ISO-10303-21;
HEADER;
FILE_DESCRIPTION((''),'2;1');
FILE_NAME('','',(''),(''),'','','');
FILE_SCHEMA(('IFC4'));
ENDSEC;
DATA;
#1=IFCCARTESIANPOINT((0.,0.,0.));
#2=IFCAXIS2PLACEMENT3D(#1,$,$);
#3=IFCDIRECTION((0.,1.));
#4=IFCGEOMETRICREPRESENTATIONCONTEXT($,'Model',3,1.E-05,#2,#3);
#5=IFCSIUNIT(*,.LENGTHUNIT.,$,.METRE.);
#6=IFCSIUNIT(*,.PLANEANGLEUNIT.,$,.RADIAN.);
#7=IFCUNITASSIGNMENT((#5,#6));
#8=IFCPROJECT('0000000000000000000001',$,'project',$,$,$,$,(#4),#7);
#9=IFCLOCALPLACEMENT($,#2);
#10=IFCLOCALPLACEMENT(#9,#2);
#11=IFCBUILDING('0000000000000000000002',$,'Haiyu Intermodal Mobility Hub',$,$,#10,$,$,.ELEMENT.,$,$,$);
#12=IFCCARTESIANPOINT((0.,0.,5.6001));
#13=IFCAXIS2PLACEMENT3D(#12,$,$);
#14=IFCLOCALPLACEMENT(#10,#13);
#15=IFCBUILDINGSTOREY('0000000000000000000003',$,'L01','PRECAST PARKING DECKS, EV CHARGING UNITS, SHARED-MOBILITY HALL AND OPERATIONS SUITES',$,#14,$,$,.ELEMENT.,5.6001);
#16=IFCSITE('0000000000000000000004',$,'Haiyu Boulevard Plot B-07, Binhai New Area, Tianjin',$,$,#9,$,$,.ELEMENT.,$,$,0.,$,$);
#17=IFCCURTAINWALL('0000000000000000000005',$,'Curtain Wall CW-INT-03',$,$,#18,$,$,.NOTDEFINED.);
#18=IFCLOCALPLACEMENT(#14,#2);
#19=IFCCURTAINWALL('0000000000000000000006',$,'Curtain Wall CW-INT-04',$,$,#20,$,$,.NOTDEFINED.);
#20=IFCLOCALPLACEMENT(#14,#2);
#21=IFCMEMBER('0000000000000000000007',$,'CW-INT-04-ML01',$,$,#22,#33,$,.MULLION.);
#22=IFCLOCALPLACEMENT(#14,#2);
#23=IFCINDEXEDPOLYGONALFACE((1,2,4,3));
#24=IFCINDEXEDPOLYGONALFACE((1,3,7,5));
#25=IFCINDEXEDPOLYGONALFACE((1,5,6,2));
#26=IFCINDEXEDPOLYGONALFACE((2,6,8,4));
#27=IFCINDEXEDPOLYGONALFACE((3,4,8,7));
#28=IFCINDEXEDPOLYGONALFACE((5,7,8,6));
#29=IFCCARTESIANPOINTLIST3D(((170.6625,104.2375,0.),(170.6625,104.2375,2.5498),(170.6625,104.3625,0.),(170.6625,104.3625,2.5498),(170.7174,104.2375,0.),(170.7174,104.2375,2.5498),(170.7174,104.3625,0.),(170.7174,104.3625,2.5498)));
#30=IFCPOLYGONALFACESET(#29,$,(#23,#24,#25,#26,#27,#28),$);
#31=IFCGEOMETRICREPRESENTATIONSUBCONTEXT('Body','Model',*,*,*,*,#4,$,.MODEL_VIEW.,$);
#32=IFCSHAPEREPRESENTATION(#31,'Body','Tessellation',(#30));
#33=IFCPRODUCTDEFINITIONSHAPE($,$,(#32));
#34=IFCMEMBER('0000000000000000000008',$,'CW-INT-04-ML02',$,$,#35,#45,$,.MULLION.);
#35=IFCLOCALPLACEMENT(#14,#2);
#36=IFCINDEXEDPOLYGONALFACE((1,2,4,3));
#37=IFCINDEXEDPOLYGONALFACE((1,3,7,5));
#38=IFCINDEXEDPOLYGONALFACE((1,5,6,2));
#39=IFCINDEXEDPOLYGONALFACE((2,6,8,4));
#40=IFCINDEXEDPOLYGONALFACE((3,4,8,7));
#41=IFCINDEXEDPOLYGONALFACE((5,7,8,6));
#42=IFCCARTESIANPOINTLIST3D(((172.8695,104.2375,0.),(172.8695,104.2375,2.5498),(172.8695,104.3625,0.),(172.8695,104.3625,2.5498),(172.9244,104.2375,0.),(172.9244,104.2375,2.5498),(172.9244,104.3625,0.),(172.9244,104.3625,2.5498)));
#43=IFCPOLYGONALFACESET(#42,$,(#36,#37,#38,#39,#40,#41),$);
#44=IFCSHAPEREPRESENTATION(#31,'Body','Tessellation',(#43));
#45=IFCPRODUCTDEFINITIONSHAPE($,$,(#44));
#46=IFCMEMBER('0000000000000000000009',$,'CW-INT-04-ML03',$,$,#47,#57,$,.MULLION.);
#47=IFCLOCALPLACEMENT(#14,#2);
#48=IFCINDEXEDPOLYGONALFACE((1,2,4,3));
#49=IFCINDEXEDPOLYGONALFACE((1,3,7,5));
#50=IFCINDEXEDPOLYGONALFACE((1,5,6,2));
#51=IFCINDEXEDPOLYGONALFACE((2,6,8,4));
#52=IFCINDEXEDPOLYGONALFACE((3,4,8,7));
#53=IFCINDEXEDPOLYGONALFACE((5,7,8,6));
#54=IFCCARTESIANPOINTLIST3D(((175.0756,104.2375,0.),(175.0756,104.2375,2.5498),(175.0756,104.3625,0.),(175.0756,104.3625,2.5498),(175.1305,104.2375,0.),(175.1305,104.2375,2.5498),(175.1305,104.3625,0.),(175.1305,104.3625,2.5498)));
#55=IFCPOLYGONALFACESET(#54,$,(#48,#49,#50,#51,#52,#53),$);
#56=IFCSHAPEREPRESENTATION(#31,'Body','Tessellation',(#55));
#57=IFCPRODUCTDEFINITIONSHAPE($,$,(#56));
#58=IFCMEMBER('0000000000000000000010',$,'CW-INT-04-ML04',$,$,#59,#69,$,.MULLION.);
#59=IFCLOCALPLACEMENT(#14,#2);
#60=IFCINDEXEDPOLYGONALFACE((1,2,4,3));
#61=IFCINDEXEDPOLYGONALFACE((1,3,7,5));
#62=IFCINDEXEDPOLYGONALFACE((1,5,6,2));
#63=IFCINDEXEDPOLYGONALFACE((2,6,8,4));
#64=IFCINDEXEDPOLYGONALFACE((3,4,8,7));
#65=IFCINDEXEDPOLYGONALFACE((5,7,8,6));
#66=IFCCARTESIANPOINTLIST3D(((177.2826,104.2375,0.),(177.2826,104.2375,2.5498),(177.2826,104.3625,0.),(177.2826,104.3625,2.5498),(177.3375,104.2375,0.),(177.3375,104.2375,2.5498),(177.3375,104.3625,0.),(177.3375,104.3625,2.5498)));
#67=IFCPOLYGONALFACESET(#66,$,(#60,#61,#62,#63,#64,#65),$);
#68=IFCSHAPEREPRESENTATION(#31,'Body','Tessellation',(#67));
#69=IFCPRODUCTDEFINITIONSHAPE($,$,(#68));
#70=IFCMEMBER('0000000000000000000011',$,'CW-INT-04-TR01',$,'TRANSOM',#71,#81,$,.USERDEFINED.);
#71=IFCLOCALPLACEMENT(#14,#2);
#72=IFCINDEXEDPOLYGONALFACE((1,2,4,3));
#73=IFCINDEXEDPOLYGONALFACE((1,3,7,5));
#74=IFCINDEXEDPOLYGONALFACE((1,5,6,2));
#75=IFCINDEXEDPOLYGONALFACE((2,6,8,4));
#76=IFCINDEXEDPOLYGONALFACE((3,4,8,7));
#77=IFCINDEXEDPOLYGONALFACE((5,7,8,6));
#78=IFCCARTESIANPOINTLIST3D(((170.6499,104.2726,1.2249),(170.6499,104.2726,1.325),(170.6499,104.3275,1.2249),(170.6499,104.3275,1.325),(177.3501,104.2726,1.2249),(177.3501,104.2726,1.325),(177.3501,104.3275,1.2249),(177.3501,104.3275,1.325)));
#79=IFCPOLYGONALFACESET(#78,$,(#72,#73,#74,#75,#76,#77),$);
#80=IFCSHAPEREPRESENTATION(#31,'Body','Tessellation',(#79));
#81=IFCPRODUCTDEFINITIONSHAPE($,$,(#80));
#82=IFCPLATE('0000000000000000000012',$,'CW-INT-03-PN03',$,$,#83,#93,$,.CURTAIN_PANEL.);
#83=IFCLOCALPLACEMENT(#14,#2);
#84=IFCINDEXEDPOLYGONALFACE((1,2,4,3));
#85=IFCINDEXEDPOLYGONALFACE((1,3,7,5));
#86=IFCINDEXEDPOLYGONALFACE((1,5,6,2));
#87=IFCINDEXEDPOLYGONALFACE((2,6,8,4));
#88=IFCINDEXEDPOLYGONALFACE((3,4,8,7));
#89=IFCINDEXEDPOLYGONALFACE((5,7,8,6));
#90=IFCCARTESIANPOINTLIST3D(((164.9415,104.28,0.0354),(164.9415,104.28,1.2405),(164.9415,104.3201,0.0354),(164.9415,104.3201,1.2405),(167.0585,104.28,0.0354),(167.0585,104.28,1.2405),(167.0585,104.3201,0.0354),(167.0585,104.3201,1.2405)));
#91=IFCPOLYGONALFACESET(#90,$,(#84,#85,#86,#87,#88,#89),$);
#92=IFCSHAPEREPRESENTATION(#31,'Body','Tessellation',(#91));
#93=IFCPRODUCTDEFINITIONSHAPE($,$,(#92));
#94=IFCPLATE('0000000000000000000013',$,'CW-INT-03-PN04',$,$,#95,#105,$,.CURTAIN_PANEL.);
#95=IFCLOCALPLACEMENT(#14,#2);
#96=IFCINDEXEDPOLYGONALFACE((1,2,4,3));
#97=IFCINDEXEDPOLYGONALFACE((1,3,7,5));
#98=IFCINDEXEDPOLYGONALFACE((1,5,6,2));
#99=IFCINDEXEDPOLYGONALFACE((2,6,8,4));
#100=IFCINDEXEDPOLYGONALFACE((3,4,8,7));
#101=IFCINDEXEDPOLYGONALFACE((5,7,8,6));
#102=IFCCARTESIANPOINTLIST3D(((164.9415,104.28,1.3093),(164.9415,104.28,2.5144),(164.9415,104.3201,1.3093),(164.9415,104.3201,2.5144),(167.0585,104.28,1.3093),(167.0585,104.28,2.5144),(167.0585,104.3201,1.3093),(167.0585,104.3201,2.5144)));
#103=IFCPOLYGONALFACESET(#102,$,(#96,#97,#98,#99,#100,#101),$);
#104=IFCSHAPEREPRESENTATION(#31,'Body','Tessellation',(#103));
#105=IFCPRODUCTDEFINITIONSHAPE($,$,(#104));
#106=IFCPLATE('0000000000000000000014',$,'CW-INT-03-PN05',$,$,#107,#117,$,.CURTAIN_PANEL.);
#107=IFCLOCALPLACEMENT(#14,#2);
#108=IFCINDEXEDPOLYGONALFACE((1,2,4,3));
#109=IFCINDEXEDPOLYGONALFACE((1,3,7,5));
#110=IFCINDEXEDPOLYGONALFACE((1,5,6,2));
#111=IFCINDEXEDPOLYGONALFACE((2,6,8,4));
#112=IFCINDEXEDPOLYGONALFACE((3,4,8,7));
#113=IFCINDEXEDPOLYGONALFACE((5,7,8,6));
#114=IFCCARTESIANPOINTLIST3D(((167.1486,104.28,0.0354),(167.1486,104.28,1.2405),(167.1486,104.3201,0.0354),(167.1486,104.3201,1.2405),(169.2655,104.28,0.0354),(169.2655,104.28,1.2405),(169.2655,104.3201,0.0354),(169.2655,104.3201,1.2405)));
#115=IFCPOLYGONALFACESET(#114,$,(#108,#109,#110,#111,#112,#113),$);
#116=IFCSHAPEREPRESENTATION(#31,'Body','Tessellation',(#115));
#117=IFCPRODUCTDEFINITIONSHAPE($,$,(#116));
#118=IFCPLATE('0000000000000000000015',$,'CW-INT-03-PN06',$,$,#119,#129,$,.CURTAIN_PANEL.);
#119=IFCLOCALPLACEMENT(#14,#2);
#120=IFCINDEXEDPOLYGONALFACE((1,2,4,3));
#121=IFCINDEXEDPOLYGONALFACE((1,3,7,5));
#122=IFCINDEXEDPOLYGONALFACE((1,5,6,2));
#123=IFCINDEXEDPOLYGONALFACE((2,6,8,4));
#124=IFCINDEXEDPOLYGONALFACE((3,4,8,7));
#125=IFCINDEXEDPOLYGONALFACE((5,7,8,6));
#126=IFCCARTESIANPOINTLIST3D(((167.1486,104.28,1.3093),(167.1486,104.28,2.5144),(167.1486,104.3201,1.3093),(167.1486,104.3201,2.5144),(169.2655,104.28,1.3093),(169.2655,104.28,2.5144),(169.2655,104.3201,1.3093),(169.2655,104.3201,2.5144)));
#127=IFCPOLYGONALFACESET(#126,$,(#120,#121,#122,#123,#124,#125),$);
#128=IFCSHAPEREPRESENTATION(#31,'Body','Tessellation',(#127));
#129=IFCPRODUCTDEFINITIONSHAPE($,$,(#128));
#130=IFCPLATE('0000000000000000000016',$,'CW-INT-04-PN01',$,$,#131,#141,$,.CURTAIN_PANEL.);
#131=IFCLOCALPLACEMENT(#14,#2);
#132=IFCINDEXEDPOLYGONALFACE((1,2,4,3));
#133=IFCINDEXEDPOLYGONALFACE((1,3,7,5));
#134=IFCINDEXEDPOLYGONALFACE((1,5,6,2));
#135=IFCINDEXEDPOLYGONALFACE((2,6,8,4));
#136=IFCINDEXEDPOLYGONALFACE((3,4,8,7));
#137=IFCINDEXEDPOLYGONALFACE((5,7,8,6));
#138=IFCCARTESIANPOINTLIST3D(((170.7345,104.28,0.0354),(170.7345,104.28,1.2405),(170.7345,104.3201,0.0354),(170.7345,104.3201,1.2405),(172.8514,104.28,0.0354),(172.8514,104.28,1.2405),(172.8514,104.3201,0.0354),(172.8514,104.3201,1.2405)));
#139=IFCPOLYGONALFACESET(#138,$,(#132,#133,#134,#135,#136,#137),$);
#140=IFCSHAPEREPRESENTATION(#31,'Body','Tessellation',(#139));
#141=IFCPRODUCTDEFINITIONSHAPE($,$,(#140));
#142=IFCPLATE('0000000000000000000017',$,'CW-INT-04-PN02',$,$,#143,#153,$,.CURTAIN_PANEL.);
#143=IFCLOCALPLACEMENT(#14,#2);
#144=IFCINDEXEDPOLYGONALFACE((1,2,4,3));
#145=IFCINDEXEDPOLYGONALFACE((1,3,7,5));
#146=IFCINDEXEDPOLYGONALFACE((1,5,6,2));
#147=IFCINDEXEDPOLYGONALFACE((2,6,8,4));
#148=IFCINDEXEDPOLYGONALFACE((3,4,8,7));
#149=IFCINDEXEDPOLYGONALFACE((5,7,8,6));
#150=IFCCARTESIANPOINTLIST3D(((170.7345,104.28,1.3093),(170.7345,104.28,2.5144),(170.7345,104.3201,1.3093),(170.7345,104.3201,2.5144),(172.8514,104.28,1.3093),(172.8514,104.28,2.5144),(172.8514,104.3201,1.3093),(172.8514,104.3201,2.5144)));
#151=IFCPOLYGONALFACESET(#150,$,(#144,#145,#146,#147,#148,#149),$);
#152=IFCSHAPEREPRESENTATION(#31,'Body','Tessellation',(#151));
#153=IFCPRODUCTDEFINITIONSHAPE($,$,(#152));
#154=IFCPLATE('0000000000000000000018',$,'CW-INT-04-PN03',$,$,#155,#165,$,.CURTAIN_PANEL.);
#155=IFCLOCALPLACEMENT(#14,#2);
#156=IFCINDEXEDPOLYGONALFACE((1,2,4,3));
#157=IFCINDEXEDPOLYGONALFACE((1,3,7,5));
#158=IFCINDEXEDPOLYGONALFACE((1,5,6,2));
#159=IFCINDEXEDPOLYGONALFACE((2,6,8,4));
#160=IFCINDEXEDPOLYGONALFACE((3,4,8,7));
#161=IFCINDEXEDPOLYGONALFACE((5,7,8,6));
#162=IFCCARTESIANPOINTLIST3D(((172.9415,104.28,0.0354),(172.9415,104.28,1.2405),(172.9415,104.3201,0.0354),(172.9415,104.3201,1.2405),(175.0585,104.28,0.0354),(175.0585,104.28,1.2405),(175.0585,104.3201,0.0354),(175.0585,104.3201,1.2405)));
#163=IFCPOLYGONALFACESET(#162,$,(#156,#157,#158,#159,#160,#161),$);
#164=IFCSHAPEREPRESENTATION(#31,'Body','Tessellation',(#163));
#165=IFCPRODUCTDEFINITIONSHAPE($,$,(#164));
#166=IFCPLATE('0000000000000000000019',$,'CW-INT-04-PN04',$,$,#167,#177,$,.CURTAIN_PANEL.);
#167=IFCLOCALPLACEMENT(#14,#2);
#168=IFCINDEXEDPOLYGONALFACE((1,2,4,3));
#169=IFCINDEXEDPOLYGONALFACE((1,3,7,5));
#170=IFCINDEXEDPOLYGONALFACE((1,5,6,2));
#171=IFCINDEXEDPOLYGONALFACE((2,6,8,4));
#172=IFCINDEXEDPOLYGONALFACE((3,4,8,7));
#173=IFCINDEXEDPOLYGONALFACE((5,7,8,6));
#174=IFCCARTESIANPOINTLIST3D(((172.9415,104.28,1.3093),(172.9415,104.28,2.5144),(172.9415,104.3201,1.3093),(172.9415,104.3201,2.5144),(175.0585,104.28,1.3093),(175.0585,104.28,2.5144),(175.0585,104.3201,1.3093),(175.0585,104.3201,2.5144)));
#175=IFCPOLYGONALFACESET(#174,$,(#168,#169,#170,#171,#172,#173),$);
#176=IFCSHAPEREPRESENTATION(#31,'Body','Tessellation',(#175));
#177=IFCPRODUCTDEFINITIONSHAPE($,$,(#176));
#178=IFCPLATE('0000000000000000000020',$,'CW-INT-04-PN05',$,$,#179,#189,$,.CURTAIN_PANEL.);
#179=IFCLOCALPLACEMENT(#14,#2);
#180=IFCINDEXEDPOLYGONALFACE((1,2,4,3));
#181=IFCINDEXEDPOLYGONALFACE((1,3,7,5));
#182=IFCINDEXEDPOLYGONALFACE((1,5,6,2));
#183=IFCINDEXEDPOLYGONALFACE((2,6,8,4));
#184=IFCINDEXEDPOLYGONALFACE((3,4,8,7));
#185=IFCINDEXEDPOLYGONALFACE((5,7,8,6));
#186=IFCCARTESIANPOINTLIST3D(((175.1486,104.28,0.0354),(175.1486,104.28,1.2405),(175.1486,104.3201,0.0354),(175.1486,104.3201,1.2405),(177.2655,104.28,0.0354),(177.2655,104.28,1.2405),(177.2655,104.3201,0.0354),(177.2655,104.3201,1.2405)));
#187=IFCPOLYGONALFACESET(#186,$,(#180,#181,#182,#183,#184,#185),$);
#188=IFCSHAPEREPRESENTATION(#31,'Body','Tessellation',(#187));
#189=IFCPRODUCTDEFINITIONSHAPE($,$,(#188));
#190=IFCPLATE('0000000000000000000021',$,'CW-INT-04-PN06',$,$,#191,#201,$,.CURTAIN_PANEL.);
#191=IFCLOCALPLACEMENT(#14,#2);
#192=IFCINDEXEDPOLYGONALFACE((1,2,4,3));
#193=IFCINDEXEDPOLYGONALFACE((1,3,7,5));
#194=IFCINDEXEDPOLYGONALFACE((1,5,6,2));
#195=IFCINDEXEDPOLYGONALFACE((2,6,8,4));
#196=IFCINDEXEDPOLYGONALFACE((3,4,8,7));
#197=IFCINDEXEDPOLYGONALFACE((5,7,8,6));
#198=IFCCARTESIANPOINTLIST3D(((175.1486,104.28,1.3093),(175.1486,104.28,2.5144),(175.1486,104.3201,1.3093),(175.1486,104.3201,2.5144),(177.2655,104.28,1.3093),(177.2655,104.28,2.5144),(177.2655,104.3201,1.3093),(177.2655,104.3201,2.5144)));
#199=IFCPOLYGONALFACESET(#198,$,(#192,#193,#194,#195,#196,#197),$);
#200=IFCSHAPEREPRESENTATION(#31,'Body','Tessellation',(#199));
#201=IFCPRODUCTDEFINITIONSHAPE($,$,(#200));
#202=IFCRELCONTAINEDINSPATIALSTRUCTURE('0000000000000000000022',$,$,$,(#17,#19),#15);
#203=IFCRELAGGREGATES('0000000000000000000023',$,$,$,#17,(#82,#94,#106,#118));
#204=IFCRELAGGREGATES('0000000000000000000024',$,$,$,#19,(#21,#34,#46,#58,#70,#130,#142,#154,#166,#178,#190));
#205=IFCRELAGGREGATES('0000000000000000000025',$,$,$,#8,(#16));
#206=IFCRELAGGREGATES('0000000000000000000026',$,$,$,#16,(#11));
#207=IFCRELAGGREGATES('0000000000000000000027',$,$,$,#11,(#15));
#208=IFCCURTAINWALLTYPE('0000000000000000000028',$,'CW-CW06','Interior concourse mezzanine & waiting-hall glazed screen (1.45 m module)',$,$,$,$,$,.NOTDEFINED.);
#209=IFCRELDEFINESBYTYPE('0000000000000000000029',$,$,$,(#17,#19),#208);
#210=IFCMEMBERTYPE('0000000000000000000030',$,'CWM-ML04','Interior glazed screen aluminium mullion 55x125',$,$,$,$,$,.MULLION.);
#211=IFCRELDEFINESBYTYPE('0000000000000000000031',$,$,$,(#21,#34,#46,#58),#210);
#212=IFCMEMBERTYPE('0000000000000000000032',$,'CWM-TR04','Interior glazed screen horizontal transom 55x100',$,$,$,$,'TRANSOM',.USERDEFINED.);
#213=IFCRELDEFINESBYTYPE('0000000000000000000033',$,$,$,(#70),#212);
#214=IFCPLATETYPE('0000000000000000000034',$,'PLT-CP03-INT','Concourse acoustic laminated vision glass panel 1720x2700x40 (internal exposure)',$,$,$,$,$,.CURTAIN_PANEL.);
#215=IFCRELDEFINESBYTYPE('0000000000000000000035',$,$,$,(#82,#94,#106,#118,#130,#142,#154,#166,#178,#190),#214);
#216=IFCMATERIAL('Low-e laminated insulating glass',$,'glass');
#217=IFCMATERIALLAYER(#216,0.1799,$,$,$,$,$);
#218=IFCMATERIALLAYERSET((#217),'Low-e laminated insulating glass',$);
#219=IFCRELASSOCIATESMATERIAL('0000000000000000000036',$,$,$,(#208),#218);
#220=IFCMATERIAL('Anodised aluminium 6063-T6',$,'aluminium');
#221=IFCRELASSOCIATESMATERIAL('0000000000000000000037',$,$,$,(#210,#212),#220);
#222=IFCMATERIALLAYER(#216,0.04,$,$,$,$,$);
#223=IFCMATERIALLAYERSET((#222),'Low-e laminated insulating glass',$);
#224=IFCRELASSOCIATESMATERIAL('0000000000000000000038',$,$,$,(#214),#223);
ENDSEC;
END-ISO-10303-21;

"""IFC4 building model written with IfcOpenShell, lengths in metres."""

from ifc_helpers import new_model, si_unit, direction, frame, origin, origin_2d, place, context, subcontext, project, spatial, rectangle, extrude, material, layer, layer_set, material_profile, profile_set, type_object, element, aggregate, save


model = new_model("IFC4")

# Units and contexts
model_context = context("Model", 3, precision=1e-05, world=origin(), true_north=direction((0.0, 1.0)))
body_context = subcontext(model_context, "Body", "Model", "MODEL_VIEW")
ifc_project = project(units=[si_unit("LENGTHUNIT", "METRE"), si_unit("PLANEANGLEUNIT", "RADIAN")], contexts=[model_context])

# Site, building, storey
site_placement = place(None, origin())
site = spatial("IfcSite", under=ifc_project, at=site_placement, Name="Haiyu Boulevard Plot B-07, Binhai New Area, Tianjin", CompositionType="ELEMENT", RefElevation=0.0)
building_placement = place(site_placement, origin())
building = spatial("IfcBuilding", under=site, at=building_placement, Name="Haiyu Intermodal Mobility Hub", CompositionType="ELEMENT")
storey_placement = place(building_placement, frame((0.0, 0.0, 5.6001)))
storey = spatial("IfcBuildingStorey", under=building, at=storey_placement, Name="L01", Description="PRECAST PARKING DECKS, EV CHARGING UNITS, SHARED-MOBILITY HALL AND OPERATIONS SUITES", CompositionType="ELEMENT", Elevation=5.6001)

# Curtain walls, members
ifc_material_1 = material(Name="Low-e laminated insulating glass", Category="glass")
ifc_layer_1 = layer(ifc_material_1, 0.1799)
ifc_layer_set_1 = layer_set([ifc_layer_1], Name="Low-e laminated insulating glass")
curtain_wall_type = type_object("IfcCurtainWallType", Name="CW-CW06", Description="Interior concourse mezzanine & waiting-hall glazed screen (1.45 m module)", PredefinedType="NOTDEFINED", material=ifc_layer_set_1)
curtain_wall_1_placement = place(storey_placement, origin())
curtain_wall_1 = element("IfcCurtainWall", 1, at=curtain_wall_1_placement, inside=storey, type_object=curtain_wall_type, Name="Curtain Wall CW-INT-03", PredefinedType="NOTDEFINED")
ifc_material_2 = material(Name="Anodised aluminium 6063-T6", Category="aluminium")
ifc_material_profile_1 = material_profile(ifc_material_2, rectangle(XDim=0.0549, YDim=0.125, at=origin_2d()), Name="ALU55x125")
ifc_profile_set_1 = profile_set([ifc_material_profile_1], Name="Anodised aluminium 6063-T6")
member_type_1 = type_object("IfcMemberType", Name="CWM-ML04", Description="Interior glazed screen aluminium mullion 55x125", PredefinedType="MULLION", material=ifc_profile_set_1)
curtain_wall_2_placement = place(storey_placement, origin())
curtain_wall_2 = element("IfcCurtainWall", 2, at=curtain_wall_2_placement, inside=storey, type_object=curtain_wall_type, Name="Curtain Wall CW-INT-04", PredefinedType="NOTDEFINED")
member_1_placement = place(storey_placement, frame((170.6899, 104.3, 0.0), z_axis=(0.0, 0.0, 1.0), x_axis=(1.0, 0.0, 0.0)))
member_1 = element("IfcMember", 3, at=member_1_placement, type_object=member_type_1, Name="CW-INT-04-ML01", PredefinedType="MULLION", context=body_context, shape_type="SweptSolid", body=[
    extrude(rectangle(XDim=0.0549, YDim=0.125, at=origin_2d()), origin(), (0.0, 0.0, 1.0), 2.5498),
])
member_2_placement = place(storey_placement, frame((172.897, 104.3, 0.0), z_axis=(0.0, 0.0, 1.0), x_axis=(1.0, 0.0, 0.0)))
member_2 = element("IfcMember", 4, at=member_2_placement, type_object=member_type_1, Name="CW-INT-04-ML02", PredefinedType="MULLION", context=body_context, shape_type="SweptSolid", body=[
    extrude(rectangle(XDim=0.0549, YDim=0.125, at=origin_2d()), origin(), (0.0, 0.0, 1.0), 2.5498),
])
member_3_placement = place(storey_placement, frame((175.103, 104.3, 0.0), z_axis=(0.0, 0.0, 1.0), x_axis=(1.0, 0.0, 0.0)))
member_3 = element("IfcMember", 5, at=member_3_placement, type_object=member_type_1, Name="CW-INT-04-ML03", PredefinedType="MULLION", context=body_context, shape_type="SweptSolid", body=[
    extrude(rectangle(XDim=0.0549, YDim=0.125, at=origin_2d()), origin(), (0.0, 0.0, 1.0), 2.5498),
])
member_4_placement = place(storey_placement, frame((177.3101, 104.3, 0.0), z_axis=(0.0, 0.0, 1.0), x_axis=(1.0, 0.0, 0.0)))
member_4 = element("IfcMember", 6, at=member_4_placement, type_object=member_type_1, Name="CW-INT-04-ML04", PredefinedType="MULLION", context=body_context, shape_type="SweptSolid", body=[
    extrude(rectangle(XDim=0.0549, YDim=0.125, at=origin_2d()), origin(), (0.0, 0.0, 1.0), 2.5498),
])
ifc_material_profile_2 = material_profile(ifc_material_2, rectangle(XDim=0.0549, YDim=0.1001, at=origin_2d()), Name="ALU55x100")
ifc_profile_set_2 = profile_set([ifc_material_profile_2], Name="Anodised aluminium 6063-T6")
member_type_2 = type_object("IfcMemberType", Name="CWM-TR04", Description="Interior glazed screen horizontal transom 55x100", ElementType="TRANSOM", PredefinedType="USERDEFINED", material=ifc_profile_set_2)
member_5_placement = place(storey_placement, frame((170.6499, 104.3, 1.2749), z_axis=(1.0, 0.0, 0.0), x_axis=(0.0, 1.0, 0.0)))
member_5 = element("IfcMember", 7, at=member_5_placement, type_object=member_type_2, Name="CW-INT-04-TR01", ObjectType="TRANSOM", PredefinedType="USERDEFINED", context=body_context, shape_type="SweptSolid", body=[
    extrude(rectangle(XDim=0.0549, YDim=0.1001, at=origin_2d()), origin(), (0.0, 0.0, 1.0), 6.7002),
])

# Plates
ifc_layer_2 = layer(ifc_material_1, 0.04)
ifc_layer_set_2 = layer_set([ifc_layer_2], Name="Low-e laminated insulating glass")
plate_type = type_object("IfcPlateType", Name="PLT-CP03-INT", Description="Concourse acoustic laminated vision glass panel 1720x2700x40 (internal exposure)", PredefinedType="CURTAIN_PANEL", material=ifc_layer_set_2)
plate_1_placement = place(storey_placement, frame((166.0, 104.3, 0.0354), z_axis=(0.0, 0.0, 1.0), x_axis=(1.0, 0.0, 0.0)))
plate_1 = element("IfcPlate", 8, at=plate_1_placement, type_object=plate_type, Name="CW-INT-03-PN03", PredefinedType="CURTAIN_PANEL", context=body_context, shape_type="SweptSolid", body=[
    extrude(rectangle(XDim=2.1169, YDim=0.04, at=origin_2d()), origin(), (0.0, 0.0, 1.0), 1.2051),
])
plate_2_placement = place(storey_placement, frame((166.0, 104.3, 1.3093), z_axis=(0.0, 0.0, 1.0), x_axis=(1.0, 0.0, 0.0)))
plate_2 = element("IfcPlate", 9, at=plate_2_placement, type_object=plate_type, Name="CW-INT-03-PN04", PredefinedType="CURTAIN_PANEL", context=body_context, shape_type="SweptSolid", body=[
    extrude(rectangle(XDim=2.1169, YDim=0.04, at=origin_2d()), origin(), (0.0, 0.0, 1.0), 1.2051),
])
plate_3_placement = place(storey_placement, frame((168.207, 104.3, 0.0354), z_axis=(0.0, 0.0, 1.0), x_axis=(1.0, 0.0, 0.0)))
plate_3 = element("IfcPlate", 10, at=plate_3_placement, type_object=plate_type, Name="CW-INT-03-PN05", PredefinedType="CURTAIN_PANEL", context=body_context, shape_type="SweptSolid", body=[
    extrude(rectangle(XDim=2.1169, YDim=0.04, at=origin_2d()), origin(), (0.0, 0.0, 1.0), 1.2051),
])
plate_4_placement = place(storey_placement, frame((168.207, 104.3, 1.3093), z_axis=(0.0, 0.0, 1.0), x_axis=(1.0, 0.0, 0.0)))
plate_4 = element("IfcPlate", 11, at=plate_4_placement, type_object=plate_type, Name="CW-INT-03-PN06", PredefinedType="CURTAIN_PANEL", context=body_context, shape_type="SweptSolid", body=[
    extrude(rectangle(XDim=2.1169, YDim=0.04, at=origin_2d()), origin(), (0.0, 0.0, 1.0), 1.2051),
])
aggregate(curtain_wall_1, [plate_1, plate_2, plate_3, plate_4])
plate_5_placement = place(storey_placement, frame((171.793, 104.3, 0.0354), z_axis=(0.0, 0.0, 1.0), x_axis=(1.0, 0.0, 0.0)))
plate_5 = element("IfcPlate", 12, at=plate_5_placement, type_object=plate_type, Name="CW-INT-04-PN01", PredefinedType="CURTAIN_PANEL", context=body_context, shape_type="SweptSolid", body=[
    extrude(rectangle(XDim=2.1169, YDim=0.04, at=origin_2d()), origin(), (0.0, 0.0, 1.0), 1.2051),
])
plate_6_placement = place(storey_placement, frame((171.793, 104.3, 1.3093), z_axis=(0.0, 0.0, 1.0), x_axis=(1.0, 0.0, 0.0)))
plate_6 = element("IfcPlate", 13, at=plate_6_placement, type_object=plate_type, Name="CW-INT-04-PN02", PredefinedType="CURTAIN_PANEL", context=body_context, shape_type="SweptSolid", body=[
    extrude(rectangle(XDim=2.1169, YDim=0.04, at=origin_2d()), origin(), (0.0, 0.0, 1.0), 1.2051),
])
plate_7_placement = place(storey_placement, frame((174.0, 104.3, 0.0354), z_axis=(0.0, 0.0, 1.0), x_axis=(1.0, 0.0, 0.0)))
plate_7 = element("IfcPlate", 14, at=plate_7_placement, type_object=plate_type, Name="CW-INT-04-PN03", PredefinedType="CURTAIN_PANEL", context=body_context, shape_type="SweptSolid", body=[
    extrude(rectangle(XDim=2.1169, YDim=0.04, at=origin_2d()), origin(), (0.0, 0.0, 1.0), 1.2051),
])
plate_8_placement = place(storey_placement, frame((174.0, 104.3, 1.3093), z_axis=(0.0, 0.0, 1.0), x_axis=(1.0, 0.0, 0.0)))
plate_8 = element("IfcPlate", 15, at=plate_8_placement, type_object=plate_type, Name="CW-INT-04-PN04", PredefinedType="CURTAIN_PANEL", context=body_context, shape_type="SweptSolid", body=[
    extrude(rectangle(XDim=2.1169, YDim=0.04, at=origin_2d()), origin(), (0.0, 0.0, 1.0), 1.2051),
])
plate_9_placement = place(storey_placement, frame((176.207, 104.3, 0.0354), z_axis=(0.0, 0.0, 1.0), x_axis=(1.0, 0.0, 0.0)))
plate_9 = element("IfcPlate", 16, at=plate_9_placement, type_object=plate_type, Name="CW-INT-04-PN05", PredefinedType="CURTAIN_PANEL", context=body_context, shape_type="SweptSolid", body=[
    extrude(rectangle(XDim=2.1169, YDim=0.04, at=origin_2d()), origin(), (0.0, 0.0, 1.0), 1.2051),
])
plate_10_placement = place(storey_placement, frame((176.207, 104.3, 1.3093), z_axis=(0.0, 0.0, 1.0), x_axis=(1.0, 0.0, 0.0)))
plate_10 = element("IfcPlate", 17, at=plate_10_placement, type_object=plate_type, Name="CW-INT-04-PN06", PredefinedType="CURTAIN_PANEL", context=body_context, shape_type="SweptSolid", body=[
    extrude(rectangle(XDim=2.1169, YDim=0.04, at=origin_2d()), origin(), (0.0, 0.0, 1.0), 1.2051),
])
aggregate(curtain_wall_2, [member_1, member_2, member_3, member_4, member_5, plate_5, plate_6, plate_7, plate_8, plate_9, plate_10])

save(model, "model.ifc")
